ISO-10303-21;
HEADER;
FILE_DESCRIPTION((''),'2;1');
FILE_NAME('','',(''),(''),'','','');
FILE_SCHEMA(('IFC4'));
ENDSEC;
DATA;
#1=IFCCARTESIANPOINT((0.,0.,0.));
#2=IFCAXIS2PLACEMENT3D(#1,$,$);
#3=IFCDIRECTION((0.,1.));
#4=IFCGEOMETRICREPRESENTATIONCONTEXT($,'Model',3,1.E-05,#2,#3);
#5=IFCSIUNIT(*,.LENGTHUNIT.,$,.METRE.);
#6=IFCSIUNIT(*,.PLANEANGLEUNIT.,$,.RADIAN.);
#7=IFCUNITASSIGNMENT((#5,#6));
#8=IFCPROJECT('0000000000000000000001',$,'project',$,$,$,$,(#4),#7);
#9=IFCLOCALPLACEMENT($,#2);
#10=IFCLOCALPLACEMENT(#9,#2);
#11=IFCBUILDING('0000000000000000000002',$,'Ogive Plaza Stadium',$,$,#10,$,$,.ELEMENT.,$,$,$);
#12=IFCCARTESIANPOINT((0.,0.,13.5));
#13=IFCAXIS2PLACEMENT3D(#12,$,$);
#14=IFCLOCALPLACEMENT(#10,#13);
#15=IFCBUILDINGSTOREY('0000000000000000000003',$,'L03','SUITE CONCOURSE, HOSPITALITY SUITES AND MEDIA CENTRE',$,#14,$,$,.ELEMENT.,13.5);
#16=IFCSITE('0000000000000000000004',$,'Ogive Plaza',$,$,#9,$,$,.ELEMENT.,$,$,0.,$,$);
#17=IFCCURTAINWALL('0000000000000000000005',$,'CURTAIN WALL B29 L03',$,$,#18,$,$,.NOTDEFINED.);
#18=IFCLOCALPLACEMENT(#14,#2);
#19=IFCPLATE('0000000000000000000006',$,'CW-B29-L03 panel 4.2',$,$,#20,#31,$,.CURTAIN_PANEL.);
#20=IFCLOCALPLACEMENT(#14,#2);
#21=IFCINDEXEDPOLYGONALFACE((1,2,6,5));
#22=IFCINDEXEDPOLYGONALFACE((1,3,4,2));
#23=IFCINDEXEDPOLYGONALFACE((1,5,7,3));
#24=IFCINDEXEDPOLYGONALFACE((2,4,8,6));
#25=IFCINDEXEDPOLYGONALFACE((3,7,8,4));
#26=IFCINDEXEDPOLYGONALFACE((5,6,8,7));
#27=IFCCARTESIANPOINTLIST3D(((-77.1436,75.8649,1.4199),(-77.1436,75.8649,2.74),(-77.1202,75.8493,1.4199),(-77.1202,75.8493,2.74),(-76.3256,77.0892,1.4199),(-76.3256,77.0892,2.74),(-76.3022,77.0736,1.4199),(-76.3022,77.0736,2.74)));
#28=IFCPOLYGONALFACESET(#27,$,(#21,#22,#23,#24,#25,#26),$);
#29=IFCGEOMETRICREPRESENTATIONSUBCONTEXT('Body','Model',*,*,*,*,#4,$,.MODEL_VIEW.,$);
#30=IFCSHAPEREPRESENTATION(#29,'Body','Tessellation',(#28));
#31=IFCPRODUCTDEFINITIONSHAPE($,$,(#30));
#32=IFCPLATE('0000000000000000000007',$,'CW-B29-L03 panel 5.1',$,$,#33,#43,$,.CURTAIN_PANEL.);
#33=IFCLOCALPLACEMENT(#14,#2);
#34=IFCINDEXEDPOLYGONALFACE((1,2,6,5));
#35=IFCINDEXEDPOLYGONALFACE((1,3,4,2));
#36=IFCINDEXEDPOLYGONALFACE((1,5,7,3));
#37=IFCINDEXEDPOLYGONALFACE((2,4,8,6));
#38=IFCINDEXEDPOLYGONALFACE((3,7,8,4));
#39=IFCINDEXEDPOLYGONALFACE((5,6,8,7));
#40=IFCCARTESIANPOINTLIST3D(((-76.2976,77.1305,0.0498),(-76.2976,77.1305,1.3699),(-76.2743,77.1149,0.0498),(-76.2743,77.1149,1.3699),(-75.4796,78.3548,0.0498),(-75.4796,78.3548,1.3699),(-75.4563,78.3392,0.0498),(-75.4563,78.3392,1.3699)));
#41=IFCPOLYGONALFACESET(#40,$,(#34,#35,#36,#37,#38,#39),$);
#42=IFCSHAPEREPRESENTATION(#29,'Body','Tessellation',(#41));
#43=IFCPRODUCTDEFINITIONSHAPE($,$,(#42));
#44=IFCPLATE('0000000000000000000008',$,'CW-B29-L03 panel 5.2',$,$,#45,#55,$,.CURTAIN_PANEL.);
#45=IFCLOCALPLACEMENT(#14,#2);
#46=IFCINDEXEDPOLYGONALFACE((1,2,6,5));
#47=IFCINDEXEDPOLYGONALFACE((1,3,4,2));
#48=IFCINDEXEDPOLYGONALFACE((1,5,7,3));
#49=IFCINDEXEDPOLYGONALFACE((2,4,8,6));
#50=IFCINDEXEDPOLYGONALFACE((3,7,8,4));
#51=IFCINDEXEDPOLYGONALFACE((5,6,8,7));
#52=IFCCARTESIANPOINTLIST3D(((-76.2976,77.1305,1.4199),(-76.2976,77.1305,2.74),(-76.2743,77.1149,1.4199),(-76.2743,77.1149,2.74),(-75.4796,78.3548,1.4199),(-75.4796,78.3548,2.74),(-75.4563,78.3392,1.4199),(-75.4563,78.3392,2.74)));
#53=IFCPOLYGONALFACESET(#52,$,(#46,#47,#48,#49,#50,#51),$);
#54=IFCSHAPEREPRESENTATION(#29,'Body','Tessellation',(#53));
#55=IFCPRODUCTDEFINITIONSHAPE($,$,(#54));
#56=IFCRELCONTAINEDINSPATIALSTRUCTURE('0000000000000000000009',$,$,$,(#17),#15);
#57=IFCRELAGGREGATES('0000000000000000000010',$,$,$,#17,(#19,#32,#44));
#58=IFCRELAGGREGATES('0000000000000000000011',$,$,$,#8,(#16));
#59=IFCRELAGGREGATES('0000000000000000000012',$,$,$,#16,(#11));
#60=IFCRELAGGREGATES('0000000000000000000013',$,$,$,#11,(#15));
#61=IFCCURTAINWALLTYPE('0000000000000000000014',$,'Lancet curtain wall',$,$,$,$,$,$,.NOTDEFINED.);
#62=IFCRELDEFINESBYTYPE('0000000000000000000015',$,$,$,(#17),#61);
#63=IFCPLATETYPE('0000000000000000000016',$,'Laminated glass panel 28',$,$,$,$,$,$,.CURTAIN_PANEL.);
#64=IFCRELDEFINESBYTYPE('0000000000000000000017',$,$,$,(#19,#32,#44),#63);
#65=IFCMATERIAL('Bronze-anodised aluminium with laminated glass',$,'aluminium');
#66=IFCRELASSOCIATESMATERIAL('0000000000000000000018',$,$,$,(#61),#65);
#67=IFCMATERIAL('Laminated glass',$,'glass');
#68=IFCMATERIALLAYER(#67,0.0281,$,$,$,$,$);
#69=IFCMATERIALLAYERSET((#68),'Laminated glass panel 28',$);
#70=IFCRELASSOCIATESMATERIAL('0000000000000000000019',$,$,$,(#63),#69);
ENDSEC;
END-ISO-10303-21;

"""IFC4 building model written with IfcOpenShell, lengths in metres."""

from ifc_helpers import new_model, si_unit, direction, frame, origin, origin_2d, place, context, subcontext, project, spatial, rectangle, extrude, material, layer, layer_set, type_object, element, aggregate, save


model = new_model("IFC4")

# Units and contexts
model_context = context("Model", 3, precision=1e-05, world=origin(), true_north=direction((0.0, 1.0)))
body_context = subcontext(model_context, "Body", "Model", "MODEL_VIEW")
ifc_project = project(units=[si_unit("LENGTHUNIT", "METRE"), si_unit("PLANEANGLEUNIT", "RADIAN")], contexts=[model_context])

# Site, building, storey
site_placement = place(None, origin())
site = spatial("IfcSite", under=ifc_project, at=site_placement, Name="Ogive Plaza", CompositionType="ELEMENT", RefElevation=0.0)
building_placement = place(site_placement, origin())
building = spatial("IfcBuilding", under=site, at=building_placement, Name="Ogive Plaza Stadium", CompositionType="ELEMENT")
storey_placement = place(building_placement, frame((0.0, 0.0, 13.5)))
storey = spatial("IfcBuildingStorey", under=building, at=storey_placement, Name="L03", Description="SUITE CONCOURSE, HOSPITALITY SUITES AND MEDIA CENTRE", CompositionType="ELEMENT", Elevation=13.5)

# Curtain wall
ifc_material_1 = material(Name="Bronze-anodised aluminium with laminated glass", Category="aluminium")
curtain_wall_type = type_object("IfcCurtainWallType", Name="Lancet curtain wall", PredefinedType="NOTDEFINED", material=ifc_material_1)
curtain_wall_placement = place(storey_placement, origin())
curtain_wall = element("IfcCurtainWall", 1, at=curtain_wall_placement, inside=storey, type_object=curtain_wall_type, Name="CURTAIN WALL B29 L03", PredefinedType="NOTDEFINED")

# Plates
ifc_material_2 = material(Name="Laminated glass", Category="glass")
ifc_layer = layer(ifc_material_2, 0.0281)
ifc_layer_set = layer_set([ifc_layer], Name="Laminated glass panel 28")
plate_type = type_object("IfcPlateType", Name="Laminated glass panel 28", PredefinedType="CURTAIN_PANEL", material=ifc_layer_set)
plate_1_placement = place(storey_placement, frame((-76.7229, 76.4692, 1.4199), z_axis=(0.0, 0.0, 1.0), x_axis=(0.55557, 0.83147, 0.0)))
plate_1 = element("IfcPlate", 2, at=plate_1_placement, type_object=plate_type, Name="CW-B29-L03 panel 4.2", PredefinedType="CURTAIN_PANEL", context=body_context, shape_type="SweptSolid", body=[
    extrude(rectangle(XDim=1.4724, YDim=0.0281, at=origin_2d()), origin(), (0.0, 0.0, 1.0), 1.3201),
])
plate_2_placement = place(storey_placement, frame((-75.877, 77.7349, 0.0498), z_axis=(0.0, 0.0, 1.0), x_axis=(0.55557, 0.83147, 0.0)))
plate_2 = element("IfcPlate", 3, at=plate_2_placement, type_object=plate_type, Name="CW-B29-L03 panel 5.1", PredefinedType="CURTAIN_PANEL", context=body_context, shape_type="SweptSolid", body=[
    extrude(rectangle(XDim=1.4724, YDim=0.0281, at=origin_2d()), origin(), (0.0, 0.0, 1.0), 1.3201),
])
plate_3_placement = place(storey_placement, frame((-75.877, 77.7349, 1.4199), z_axis=(0.0, 0.0, 1.0), x_axis=(0.55557, 0.83147, 0.0)))
plate_3 = element("IfcPlate", 4, at=plate_3_placement, type_object=plate_type, Name="CW-B29-L03 panel 5.2", PredefinedType="CURTAIN_PANEL", context=body_context, shape_type="SweptSolid", body=[
    extrude(rectangle(XDim=1.4724, YDim=0.0281, at=origin_2d()), origin(), (0.0, 0.0, 1.0), 1.3201),
])
aggregate(curtain_wall, [plate_1, plate_2, plate_3])

save(model, "model.ifc")
